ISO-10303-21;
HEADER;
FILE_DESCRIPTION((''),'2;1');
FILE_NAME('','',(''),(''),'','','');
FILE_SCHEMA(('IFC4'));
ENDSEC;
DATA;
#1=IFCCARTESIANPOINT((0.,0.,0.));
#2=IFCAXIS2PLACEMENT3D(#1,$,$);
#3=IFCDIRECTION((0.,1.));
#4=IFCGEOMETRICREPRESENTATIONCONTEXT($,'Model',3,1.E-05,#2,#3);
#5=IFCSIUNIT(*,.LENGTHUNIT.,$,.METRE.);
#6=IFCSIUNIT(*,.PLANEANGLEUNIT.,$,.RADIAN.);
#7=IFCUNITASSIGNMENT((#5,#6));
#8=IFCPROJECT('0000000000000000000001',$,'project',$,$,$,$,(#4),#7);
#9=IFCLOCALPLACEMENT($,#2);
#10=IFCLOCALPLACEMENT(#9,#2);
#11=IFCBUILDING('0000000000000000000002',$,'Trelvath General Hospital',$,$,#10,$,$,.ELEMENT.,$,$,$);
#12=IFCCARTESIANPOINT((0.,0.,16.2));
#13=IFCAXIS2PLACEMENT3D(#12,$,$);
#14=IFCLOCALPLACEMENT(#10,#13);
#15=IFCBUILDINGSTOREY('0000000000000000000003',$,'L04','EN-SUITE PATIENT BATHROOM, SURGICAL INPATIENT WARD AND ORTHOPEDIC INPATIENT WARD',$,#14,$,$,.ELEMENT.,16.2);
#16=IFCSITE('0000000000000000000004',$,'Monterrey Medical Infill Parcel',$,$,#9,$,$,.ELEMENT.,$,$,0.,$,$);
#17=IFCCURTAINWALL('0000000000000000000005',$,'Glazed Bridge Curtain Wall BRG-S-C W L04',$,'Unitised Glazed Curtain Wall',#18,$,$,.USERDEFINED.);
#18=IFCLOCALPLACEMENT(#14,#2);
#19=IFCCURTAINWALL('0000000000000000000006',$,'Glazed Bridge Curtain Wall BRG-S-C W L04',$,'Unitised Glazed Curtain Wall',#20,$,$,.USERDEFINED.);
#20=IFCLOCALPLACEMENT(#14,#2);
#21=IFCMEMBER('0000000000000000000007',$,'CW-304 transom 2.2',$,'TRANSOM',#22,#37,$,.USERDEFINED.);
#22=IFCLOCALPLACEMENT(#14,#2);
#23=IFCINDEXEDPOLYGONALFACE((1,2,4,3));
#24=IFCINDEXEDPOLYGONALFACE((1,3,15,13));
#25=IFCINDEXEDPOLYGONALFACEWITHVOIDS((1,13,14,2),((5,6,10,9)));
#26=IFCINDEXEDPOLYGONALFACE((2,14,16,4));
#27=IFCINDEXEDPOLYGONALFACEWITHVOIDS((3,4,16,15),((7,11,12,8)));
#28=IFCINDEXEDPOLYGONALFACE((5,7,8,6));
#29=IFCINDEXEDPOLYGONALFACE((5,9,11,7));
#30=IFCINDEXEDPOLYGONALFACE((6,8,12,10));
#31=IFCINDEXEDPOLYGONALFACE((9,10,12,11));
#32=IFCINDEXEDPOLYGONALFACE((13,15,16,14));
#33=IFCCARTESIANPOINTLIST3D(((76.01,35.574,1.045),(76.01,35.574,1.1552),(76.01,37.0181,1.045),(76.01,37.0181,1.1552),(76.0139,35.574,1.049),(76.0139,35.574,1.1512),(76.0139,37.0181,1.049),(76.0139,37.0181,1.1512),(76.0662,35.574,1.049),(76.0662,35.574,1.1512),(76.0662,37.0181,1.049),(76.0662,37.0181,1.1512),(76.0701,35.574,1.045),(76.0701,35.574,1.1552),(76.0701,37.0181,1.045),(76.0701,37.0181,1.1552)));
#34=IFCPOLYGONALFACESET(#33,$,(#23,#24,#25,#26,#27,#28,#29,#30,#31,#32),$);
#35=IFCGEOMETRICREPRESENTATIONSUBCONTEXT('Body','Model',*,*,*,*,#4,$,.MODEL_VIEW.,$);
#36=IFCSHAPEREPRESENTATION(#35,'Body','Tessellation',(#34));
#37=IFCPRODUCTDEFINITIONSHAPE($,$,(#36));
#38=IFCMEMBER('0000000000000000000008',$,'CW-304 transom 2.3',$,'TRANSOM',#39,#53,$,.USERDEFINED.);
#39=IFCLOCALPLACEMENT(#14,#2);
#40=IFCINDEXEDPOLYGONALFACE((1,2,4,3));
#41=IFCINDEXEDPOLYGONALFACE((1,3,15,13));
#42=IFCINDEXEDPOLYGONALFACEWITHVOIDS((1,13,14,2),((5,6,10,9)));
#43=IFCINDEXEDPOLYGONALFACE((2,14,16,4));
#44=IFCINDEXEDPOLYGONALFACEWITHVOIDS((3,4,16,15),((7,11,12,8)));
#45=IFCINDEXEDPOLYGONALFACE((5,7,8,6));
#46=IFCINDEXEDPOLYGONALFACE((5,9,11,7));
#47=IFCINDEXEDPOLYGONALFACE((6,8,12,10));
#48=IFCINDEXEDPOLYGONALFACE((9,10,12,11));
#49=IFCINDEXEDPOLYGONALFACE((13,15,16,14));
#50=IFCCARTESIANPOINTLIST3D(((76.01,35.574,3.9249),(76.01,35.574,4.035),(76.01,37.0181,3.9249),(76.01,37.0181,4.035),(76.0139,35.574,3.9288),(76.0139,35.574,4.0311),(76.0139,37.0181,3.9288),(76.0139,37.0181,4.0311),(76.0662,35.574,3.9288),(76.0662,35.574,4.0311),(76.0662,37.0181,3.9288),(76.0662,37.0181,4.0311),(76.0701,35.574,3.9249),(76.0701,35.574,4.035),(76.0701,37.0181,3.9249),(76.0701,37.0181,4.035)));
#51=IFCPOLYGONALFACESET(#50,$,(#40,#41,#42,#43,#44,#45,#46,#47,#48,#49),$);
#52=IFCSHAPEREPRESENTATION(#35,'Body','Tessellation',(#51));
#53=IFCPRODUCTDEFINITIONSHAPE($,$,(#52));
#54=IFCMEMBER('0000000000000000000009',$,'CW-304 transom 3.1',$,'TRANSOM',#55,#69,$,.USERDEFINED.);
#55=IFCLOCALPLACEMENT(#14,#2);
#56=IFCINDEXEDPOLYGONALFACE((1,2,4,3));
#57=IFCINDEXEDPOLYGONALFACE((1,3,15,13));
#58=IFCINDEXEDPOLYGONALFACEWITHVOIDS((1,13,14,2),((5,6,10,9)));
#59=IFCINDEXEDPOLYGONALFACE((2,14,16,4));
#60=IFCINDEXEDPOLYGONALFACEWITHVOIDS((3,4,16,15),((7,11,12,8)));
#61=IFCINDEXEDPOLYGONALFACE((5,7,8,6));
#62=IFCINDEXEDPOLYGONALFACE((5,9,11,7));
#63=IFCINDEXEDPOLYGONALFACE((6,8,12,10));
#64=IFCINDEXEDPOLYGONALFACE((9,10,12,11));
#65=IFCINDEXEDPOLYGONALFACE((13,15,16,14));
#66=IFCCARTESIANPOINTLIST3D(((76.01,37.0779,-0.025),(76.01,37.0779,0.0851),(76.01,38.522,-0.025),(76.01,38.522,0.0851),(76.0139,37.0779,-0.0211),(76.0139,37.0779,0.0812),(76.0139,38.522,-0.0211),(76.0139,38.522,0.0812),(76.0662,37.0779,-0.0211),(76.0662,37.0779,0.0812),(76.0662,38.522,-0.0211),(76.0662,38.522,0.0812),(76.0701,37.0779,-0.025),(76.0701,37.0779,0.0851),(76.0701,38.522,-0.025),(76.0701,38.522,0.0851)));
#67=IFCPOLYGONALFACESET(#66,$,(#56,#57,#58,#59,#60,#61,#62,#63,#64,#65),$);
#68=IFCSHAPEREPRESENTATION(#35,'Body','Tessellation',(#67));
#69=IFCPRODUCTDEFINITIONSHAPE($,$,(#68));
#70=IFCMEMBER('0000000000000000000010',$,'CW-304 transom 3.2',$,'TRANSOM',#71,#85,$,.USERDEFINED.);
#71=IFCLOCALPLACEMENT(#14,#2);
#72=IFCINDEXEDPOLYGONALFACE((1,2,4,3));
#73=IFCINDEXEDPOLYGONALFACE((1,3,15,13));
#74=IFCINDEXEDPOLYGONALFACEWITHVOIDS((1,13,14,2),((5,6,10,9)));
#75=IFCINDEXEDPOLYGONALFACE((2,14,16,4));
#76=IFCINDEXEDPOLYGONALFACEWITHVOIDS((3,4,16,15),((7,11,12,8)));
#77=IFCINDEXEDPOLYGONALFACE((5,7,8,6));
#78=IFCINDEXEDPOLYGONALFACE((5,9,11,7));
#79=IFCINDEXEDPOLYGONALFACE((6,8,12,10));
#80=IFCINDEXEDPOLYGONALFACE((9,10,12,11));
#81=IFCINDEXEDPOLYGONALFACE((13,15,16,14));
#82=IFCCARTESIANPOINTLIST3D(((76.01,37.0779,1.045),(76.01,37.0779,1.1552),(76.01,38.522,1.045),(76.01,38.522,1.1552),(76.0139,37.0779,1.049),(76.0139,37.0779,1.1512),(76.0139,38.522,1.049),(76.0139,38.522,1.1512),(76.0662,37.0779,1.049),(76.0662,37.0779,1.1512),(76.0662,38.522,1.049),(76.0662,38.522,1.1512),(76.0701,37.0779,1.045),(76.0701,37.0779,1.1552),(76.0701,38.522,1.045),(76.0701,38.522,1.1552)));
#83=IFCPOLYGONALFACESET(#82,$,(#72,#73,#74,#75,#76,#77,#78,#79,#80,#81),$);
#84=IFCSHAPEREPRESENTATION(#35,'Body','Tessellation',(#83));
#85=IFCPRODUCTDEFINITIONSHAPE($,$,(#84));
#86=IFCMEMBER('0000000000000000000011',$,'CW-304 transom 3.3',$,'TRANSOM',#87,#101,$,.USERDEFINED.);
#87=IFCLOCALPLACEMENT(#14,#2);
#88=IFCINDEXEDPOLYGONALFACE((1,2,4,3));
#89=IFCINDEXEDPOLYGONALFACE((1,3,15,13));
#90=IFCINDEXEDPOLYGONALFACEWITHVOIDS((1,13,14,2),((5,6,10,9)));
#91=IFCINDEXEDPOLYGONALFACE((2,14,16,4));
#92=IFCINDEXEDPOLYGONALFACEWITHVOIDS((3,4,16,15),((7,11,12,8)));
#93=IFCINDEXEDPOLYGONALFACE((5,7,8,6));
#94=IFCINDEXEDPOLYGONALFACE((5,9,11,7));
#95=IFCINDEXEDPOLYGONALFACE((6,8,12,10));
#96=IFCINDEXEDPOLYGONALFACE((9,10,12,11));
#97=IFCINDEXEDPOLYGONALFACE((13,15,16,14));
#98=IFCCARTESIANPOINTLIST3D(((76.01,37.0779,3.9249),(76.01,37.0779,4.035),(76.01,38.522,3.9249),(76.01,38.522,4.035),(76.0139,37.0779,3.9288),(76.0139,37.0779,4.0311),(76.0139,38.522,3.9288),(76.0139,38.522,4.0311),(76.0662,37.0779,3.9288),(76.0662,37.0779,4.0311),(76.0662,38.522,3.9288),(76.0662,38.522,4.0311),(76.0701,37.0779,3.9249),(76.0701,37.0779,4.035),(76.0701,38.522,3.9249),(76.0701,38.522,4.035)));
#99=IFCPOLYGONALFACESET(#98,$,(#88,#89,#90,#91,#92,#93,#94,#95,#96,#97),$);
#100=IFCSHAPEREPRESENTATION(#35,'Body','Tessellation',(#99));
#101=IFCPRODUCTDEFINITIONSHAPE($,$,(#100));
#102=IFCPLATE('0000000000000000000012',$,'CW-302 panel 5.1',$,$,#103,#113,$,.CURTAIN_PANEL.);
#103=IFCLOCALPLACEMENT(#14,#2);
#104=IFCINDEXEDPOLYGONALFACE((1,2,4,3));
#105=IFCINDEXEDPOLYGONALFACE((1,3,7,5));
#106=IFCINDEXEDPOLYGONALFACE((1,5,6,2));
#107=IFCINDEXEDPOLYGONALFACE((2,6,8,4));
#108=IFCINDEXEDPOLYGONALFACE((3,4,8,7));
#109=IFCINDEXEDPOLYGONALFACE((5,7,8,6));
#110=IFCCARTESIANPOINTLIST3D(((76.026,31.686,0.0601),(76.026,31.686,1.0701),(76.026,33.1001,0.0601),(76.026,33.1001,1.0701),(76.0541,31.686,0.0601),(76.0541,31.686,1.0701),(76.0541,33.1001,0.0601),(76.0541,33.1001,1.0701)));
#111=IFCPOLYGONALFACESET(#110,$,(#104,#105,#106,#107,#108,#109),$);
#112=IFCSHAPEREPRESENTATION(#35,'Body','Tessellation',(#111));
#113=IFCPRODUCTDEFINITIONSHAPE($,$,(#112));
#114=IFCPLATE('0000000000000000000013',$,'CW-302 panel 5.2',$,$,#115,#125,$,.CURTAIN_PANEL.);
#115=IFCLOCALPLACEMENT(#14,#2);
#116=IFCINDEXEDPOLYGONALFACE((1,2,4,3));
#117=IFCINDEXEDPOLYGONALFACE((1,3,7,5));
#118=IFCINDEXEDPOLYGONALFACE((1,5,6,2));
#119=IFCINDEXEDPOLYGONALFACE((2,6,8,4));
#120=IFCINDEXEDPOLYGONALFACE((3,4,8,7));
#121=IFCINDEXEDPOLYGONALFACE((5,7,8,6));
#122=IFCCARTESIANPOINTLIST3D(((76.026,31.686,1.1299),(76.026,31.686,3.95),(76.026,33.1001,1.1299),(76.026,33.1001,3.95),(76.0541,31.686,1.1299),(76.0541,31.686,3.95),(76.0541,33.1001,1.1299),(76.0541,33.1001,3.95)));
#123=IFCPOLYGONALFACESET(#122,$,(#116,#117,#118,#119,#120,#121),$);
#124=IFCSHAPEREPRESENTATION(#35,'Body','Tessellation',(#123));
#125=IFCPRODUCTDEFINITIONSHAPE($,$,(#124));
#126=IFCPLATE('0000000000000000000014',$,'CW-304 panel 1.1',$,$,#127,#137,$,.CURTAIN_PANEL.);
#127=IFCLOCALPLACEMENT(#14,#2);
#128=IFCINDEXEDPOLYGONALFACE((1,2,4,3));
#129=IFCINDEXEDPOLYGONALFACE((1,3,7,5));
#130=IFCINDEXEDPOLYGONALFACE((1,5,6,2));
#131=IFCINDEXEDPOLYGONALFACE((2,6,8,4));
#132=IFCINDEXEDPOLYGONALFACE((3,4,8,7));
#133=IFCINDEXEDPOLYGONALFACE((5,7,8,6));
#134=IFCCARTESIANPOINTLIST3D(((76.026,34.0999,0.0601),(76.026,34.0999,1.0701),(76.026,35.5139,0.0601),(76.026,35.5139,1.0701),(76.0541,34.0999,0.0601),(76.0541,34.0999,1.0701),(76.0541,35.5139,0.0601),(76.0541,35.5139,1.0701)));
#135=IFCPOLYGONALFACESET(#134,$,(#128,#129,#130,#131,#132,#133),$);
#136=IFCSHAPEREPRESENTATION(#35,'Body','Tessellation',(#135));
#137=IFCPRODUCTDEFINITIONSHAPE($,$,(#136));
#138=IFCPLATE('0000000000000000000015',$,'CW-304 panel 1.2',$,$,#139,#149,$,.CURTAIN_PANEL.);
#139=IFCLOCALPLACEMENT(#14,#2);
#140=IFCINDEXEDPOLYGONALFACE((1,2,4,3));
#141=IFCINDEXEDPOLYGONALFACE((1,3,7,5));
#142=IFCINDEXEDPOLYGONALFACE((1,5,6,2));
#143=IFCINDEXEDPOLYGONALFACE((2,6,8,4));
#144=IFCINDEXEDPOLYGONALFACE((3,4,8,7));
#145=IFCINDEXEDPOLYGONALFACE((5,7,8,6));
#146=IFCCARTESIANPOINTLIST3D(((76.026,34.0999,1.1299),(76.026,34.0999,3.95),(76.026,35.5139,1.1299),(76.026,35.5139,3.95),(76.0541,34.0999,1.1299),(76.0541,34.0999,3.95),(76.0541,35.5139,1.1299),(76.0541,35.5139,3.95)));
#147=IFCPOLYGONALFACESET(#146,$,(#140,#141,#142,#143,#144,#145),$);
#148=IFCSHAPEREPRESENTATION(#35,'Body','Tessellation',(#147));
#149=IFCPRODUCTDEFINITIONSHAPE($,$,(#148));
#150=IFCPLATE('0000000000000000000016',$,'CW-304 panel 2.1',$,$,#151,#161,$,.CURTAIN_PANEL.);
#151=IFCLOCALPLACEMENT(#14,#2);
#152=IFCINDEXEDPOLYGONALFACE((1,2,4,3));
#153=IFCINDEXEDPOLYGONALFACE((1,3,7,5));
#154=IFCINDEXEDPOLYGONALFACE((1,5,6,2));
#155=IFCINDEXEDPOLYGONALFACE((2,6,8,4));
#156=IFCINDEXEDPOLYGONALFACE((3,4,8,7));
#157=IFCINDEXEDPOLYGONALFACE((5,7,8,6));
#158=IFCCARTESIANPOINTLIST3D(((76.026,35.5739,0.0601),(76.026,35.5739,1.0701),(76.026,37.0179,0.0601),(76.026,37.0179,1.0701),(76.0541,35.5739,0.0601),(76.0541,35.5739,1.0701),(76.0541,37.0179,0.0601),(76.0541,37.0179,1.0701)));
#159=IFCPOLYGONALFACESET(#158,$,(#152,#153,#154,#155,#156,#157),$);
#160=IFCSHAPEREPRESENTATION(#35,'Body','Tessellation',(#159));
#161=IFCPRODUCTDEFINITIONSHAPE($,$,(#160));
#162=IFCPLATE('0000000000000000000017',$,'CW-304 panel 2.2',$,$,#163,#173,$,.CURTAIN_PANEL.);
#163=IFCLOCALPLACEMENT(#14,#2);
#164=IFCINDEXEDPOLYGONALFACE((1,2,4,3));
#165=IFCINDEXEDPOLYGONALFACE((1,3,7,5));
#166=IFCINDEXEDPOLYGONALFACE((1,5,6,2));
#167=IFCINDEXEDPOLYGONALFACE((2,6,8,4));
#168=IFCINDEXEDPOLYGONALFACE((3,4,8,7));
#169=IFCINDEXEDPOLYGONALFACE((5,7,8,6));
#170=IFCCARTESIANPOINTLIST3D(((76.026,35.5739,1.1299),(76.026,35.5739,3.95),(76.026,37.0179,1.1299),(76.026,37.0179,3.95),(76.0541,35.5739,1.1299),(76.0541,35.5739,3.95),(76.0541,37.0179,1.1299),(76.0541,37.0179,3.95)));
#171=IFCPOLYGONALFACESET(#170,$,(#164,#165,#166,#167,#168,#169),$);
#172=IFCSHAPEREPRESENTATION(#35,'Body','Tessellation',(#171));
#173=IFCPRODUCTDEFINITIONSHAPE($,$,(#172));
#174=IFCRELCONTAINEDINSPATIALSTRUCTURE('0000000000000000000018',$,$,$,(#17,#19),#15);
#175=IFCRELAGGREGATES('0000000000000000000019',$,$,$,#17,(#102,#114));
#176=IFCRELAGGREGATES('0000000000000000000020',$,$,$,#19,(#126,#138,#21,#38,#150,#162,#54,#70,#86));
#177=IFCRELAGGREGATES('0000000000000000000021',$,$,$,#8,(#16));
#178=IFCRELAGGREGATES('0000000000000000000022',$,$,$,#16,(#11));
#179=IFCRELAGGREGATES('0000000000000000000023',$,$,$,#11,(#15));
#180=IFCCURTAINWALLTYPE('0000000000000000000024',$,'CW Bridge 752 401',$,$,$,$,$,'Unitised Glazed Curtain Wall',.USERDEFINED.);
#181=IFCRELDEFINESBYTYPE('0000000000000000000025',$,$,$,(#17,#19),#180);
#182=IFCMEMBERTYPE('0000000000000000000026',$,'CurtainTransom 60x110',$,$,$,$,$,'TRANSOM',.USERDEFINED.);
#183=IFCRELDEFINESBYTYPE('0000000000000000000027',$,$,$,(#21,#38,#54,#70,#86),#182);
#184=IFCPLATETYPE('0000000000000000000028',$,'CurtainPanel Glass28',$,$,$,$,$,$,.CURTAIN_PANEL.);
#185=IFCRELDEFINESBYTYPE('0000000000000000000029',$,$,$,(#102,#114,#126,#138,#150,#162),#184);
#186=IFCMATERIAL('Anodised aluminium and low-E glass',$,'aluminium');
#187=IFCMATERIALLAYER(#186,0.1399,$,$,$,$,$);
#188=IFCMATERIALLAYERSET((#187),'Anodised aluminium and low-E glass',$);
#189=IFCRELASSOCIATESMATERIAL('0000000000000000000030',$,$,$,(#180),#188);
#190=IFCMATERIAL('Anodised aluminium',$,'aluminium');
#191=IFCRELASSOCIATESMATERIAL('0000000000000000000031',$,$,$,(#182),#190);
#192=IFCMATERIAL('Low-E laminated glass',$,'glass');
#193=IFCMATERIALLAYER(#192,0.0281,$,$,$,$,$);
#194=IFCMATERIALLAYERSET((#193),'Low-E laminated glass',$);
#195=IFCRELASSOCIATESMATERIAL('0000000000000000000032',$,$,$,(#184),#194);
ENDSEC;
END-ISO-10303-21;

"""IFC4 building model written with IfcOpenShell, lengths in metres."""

from ifc_helpers import new_model, si_unit, direction, frame, origin, origin_2d, place, context, subcontext, project, spatial, rectangle, hollow_rectangle, extrude, material, layer, layer_set, material_profile, profile_set, type_object, element, aggregate, save


model = new_model("IFC4")

# Units and contexts
model_context = context("Model", 3, precision=1e-05, world=origin(), true_north=direction((0.0, 1.0)))
body_context = subcontext(model_context, "Body", "Model", "MODEL_VIEW")
ifc_project = project(units=[si_unit("LENGTHUNIT", "METRE"), si_unit("PLANEANGLEUNIT", "RADIAN")], contexts=[model_context])

# Site, building, storey
site_placement = place(None, origin())
site = spatial("IfcSite", under=ifc_project, at=site_placement, Name="Monterrey Medical Infill Parcel", CompositionType="ELEMENT", RefElevation=0.0)
building_placement = place(site_placement, origin())
building = spatial("IfcBuilding", under=site, at=building_placement, Name="Trelvath General Hospital", CompositionType="ELEMENT")
storey_placement = place(building_placement, frame((0.0, 0.0, 16.2)))
storey = spatial("IfcBuildingStorey", under=building, at=storey_placement, Name="L04", Description="EN-SUITE PATIENT BATHROOM, SURGICAL INPATIENT WARD AND ORTHOPEDIC INPATIENT WARD", CompositionType="ELEMENT", Elevation=16.2)

# Curtain wall
ifc_material_1 = material(Name="Anodised aluminium and low-E glass", Category="aluminium")
ifc_layer_1 = layer(ifc_material_1, 0.1399)
ifc_layer_set_1 = layer_set([ifc_layer_1], Name="Anodised aluminium and low-E glass")
curtain_wall_type = type_object("IfcCurtainWallType", Name="CW Bridge 752 401", ElementType="Unitised Glazed Curtain Wall", PredefinedType="USERDEFINED", material=ifc_layer_set_1)
curtain_wall_1_placement = place(storey_placement, origin())
curtain_wall_1 = element("IfcCurtainWall", 1, at=curtain_wall_1_placement, inside=storey, type_object=curtain_wall_type, Name="Glazed Bridge Curtain Wall BRG-S-C W L04", ObjectType="Unitised Glazed Curtain Wall", PredefinedType="USERDEFINED")

# Curtain wall
curtain_wall_2_placement = place(storey_placement, origin())
curtain_wall_2 = element("IfcCurtainWall", 2, at=curtain_wall_2_placement, inside=storey, type_object=curtain_wall_type, Name="Glazed Bridge Curtain Wall BRG-S-C W L04", ObjectType="Unitised Glazed Curtain Wall", PredefinedType="USERDEFINED")

# Members
ifc_material_2 = material(Name="Anodised aluminium", Category="aluminium")
ifc_material_profile_1 = material_profile(ifc_material_2, hollow_rectangle(XDim=0.0601, YDim=0.1101, WallThickness=0.0039, at=origin_2d()), Name="RHS60x110x4")
ifc_profile_set_1 = profile_set([ifc_material_profile_1], Name="Anodised aluminium")
member_type_1 = type_object("IfcMemberType", Name="CurtainTransom 60x110", ElementType="TRANSOM", PredefinedType="USERDEFINED", material=ifc_profile_set_1)
member_1_placement = place(storey_placement, frame((76.04, 35.574, 1.1001), z_axis=(0.0, 1.0, 0.0), x_axis=(-1.0, 0.0, 0.0)))
member_1 = element("IfcMember", 3, at=member_1_placement, type_object=member_type_1, Name="CW-304 transom 2.2", ObjectType="TRANSOM", PredefinedType="USERDEFINED", context=body_context, shape_type="SweptSolid", body=[
    extrude(hollow_rectangle(XDim=0.0601, YDim=0.1101, WallThickness=0.0039, at=origin_2d()), origin(), (0.0, 0.0, 1.0), 1.4441),
])
member_2_placement = place(storey_placement, frame((76.04, 35.574, 3.98), z_axis=(0.0, 1.0, 0.0), x_axis=(-1.0, 0.0, 0.0)))
member_2 = element("IfcMember", 4, at=member_2_placement, type_object=member_type_1, Name="CW-304 transom 2.3", ObjectType="TRANSOM", PredefinedType="USERDEFINED", context=body_context, shape_type="SweptSolid", body=[
    extrude(hollow_rectangle(XDim=0.0601, YDim=0.1101, WallThickness=0.0039, at=origin_2d()), origin(), (0.0, 0.0, 1.0), 1.4441),
])
member_3_placement = place(storey_placement, frame((76.04, 37.0779, 0.03), z_axis=(0.0, 1.0, 0.0), x_axis=(-1.0, 0.0, 0.0)))
member_3 = element("IfcMember", 5, at=member_3_placement, type_object=member_type_1, Name="CW-304 transom 3.1", ObjectType="TRANSOM", PredefinedType="USERDEFINED", context=body_context, shape_type="SweptSolid", body=[
    extrude(hollow_rectangle(XDim=0.0601, YDim=0.1101, WallThickness=0.0039, at=origin_2d()), origin(), (0.0, 0.0, 1.0), 1.4441),
])
member_4_placement = place(storey_placement, frame((76.04, 37.0779, 1.1001), z_axis=(0.0, 1.0, 0.0), x_axis=(-1.0, 0.0, 0.0)))
member_4 = element("IfcMember", 6, at=member_4_placement, type_object=member_type_1, Name="CW-304 transom 3.2", ObjectType="TRANSOM", PredefinedType="USERDEFINED", context=body_context, shape_type="SweptSolid", body=[
    extrude(hollow_rectangle(XDim=0.0601, YDim=0.1101, WallThickness=0.0039, at=origin_2d()), origin(), (0.0, 0.0, 1.0), 1.4441),
])
member_5_placement = place(storey_placement, frame((76.04, 37.0779, 3.98), z_axis=(0.0, 1.0, 0.0), x_axis=(-1.0, 0.0, 0.0)))
member_5 = element("IfcMember", 7, at=member_5_placement, type_object=member_type_1, Name="CW-304 transom 3.3", ObjectType="TRANSOM", PredefinedType="USERDEFINED", context=body_context, shape_type="SweptSolid", body=[
    extrude(hollow_rectangle(XDim=0.0601, YDim=0.1101, WallThickness=0.0039, at=origin_2d()), origin(), (0.0, 0.0, 1.0), 1.4441),
])

# Plates
ifc_material_3 = material(Name="Low-E laminated glass", Category="glass")
ifc_layer_2 = layer(ifc_material_3, 0.0281)
ifc_layer_set_2 = layer_set([ifc_layer_2], Name="Low-E laminated glass")
plate_type = type_object("IfcPlateType", Name="CurtainPanel Glass28", PredefinedType="CURTAIN_PANEL", material=ifc_layer_set_2)
plate_1_placement = place(storey_placement, frame((76.04, 32.3931, 0.0601), z_axis=(0.0, 0.0, 1.0), x_axis=(0.0, 1.0, 0.0)))
plate_1 = element("IfcPlate", 8, at=plate_1_placement, type_object=plate_type, Name="CW-302 panel 5.1", PredefinedType="CURTAIN_PANEL", context=body_context, shape_type="SweptSolid", body=[
    extrude(rectangle(XDim=1.4141, YDim=0.0281, at=origin_2d()), origin(), (0.0, 0.0, 1.0), 1.01),
])
plate_2_placement = place(storey_placement, frame((76.04, 32.3931, 1.1299), z_axis=(0.0, 0.0, 1.0), x_axis=(0.0, 1.0, 0.0)))
plate_2 = element("IfcPlate", 9, at=plate_2_placement, type_object=plate_type, Name="CW-302 panel 5.2", PredefinedType="CURTAIN_PANEL", context=body_context, shape_type="SweptSolid", body=[
    extrude(rectangle(XDim=1.4141, YDim=0.0281, at=origin_2d()), origin(), (0.0, 0.0, 1.0), 2.8201),
])
aggregate(curtain_wall_1, [plate_1, plate_2])
plate_3_placement = place(storey_placement, frame((76.04, 34.8069, 0.0601), z_axis=(0.0, 0.0, 1.0), x_axis=(0.0, 1.0, 0.0)))
plate_3 = element("IfcPlate", 10, at=plate_3_placement, type_object=plate_type, Name="CW-304 panel 1.1", PredefinedType="CURTAIN_PANEL", context=body_context, shape_type="SweptSolid", body=[
    extrude(rectangle(XDim=1.4141, YDim=0.0281, at=origin_2d()), origin(), (0.0, 0.0, 1.0), 1.01),
])
plate_4_placement = place(storey_placement, frame((76.04, 34.8069, 1.1299), z_axis=(0.0, 0.0, 1.0), x_axis=(0.0, 1.0, 0.0)))
plate_4 = element("IfcPlate", 11, at=plate_4_placement, type_object=plate_type, Name="CW-304 panel 1.2", PredefinedType="CURTAIN_PANEL", context=body_context, shape_type="SweptSolid", body=[
    extrude(rectangle(XDim=1.4141, YDim=0.0281, at=origin_2d()), origin(), (0.0, 0.0, 1.0), 2.8201),
])
plate_5_placement = place(storey_placement, frame((76.04, 36.2959, 0.0601), z_axis=(0.0, 0.0, 1.0), x_axis=(0.0, 1.0, 0.0)))
plate_5 = element("IfcPlate", 12, at=plate_5_placement, type_object=plate_type, Name="CW-304 panel 2.1", PredefinedType="CURTAIN_PANEL", context=body_context, shape_type="SweptSolid", body=[
    extrude(rectangle(XDim=1.4441, YDim=0.0281, at=origin_2d()), origin(), (0.0, 0.0, 1.0), 1.01),
])
plate_6_placement = place(storey_placement, frame((76.04, 36.2959, 1.1299), z_axis=(0.0, 0.0, 1.0), x_axis=(0.0, 1.0, 0.0)))
plate_6 = element("IfcPlate", 13, at=plate_6_placement, type_object=plate_type, Name="CW-304 panel 2.2", PredefinedType="CURTAIN_PANEL", context=body_context, shape_type="SweptSolid", body=[
    extrude(rectangle(XDim=1.4441, YDim=0.0281, at=origin_2d()), origin(), (0.0, 0.0, 1.0), 2.8201),
])
aggregate(curtain_wall_2, [plate_3, plate_4, member_1, member_2, plate_5, plate_6, member_3, member_4, member_5])

save(model, "model.ifc")
